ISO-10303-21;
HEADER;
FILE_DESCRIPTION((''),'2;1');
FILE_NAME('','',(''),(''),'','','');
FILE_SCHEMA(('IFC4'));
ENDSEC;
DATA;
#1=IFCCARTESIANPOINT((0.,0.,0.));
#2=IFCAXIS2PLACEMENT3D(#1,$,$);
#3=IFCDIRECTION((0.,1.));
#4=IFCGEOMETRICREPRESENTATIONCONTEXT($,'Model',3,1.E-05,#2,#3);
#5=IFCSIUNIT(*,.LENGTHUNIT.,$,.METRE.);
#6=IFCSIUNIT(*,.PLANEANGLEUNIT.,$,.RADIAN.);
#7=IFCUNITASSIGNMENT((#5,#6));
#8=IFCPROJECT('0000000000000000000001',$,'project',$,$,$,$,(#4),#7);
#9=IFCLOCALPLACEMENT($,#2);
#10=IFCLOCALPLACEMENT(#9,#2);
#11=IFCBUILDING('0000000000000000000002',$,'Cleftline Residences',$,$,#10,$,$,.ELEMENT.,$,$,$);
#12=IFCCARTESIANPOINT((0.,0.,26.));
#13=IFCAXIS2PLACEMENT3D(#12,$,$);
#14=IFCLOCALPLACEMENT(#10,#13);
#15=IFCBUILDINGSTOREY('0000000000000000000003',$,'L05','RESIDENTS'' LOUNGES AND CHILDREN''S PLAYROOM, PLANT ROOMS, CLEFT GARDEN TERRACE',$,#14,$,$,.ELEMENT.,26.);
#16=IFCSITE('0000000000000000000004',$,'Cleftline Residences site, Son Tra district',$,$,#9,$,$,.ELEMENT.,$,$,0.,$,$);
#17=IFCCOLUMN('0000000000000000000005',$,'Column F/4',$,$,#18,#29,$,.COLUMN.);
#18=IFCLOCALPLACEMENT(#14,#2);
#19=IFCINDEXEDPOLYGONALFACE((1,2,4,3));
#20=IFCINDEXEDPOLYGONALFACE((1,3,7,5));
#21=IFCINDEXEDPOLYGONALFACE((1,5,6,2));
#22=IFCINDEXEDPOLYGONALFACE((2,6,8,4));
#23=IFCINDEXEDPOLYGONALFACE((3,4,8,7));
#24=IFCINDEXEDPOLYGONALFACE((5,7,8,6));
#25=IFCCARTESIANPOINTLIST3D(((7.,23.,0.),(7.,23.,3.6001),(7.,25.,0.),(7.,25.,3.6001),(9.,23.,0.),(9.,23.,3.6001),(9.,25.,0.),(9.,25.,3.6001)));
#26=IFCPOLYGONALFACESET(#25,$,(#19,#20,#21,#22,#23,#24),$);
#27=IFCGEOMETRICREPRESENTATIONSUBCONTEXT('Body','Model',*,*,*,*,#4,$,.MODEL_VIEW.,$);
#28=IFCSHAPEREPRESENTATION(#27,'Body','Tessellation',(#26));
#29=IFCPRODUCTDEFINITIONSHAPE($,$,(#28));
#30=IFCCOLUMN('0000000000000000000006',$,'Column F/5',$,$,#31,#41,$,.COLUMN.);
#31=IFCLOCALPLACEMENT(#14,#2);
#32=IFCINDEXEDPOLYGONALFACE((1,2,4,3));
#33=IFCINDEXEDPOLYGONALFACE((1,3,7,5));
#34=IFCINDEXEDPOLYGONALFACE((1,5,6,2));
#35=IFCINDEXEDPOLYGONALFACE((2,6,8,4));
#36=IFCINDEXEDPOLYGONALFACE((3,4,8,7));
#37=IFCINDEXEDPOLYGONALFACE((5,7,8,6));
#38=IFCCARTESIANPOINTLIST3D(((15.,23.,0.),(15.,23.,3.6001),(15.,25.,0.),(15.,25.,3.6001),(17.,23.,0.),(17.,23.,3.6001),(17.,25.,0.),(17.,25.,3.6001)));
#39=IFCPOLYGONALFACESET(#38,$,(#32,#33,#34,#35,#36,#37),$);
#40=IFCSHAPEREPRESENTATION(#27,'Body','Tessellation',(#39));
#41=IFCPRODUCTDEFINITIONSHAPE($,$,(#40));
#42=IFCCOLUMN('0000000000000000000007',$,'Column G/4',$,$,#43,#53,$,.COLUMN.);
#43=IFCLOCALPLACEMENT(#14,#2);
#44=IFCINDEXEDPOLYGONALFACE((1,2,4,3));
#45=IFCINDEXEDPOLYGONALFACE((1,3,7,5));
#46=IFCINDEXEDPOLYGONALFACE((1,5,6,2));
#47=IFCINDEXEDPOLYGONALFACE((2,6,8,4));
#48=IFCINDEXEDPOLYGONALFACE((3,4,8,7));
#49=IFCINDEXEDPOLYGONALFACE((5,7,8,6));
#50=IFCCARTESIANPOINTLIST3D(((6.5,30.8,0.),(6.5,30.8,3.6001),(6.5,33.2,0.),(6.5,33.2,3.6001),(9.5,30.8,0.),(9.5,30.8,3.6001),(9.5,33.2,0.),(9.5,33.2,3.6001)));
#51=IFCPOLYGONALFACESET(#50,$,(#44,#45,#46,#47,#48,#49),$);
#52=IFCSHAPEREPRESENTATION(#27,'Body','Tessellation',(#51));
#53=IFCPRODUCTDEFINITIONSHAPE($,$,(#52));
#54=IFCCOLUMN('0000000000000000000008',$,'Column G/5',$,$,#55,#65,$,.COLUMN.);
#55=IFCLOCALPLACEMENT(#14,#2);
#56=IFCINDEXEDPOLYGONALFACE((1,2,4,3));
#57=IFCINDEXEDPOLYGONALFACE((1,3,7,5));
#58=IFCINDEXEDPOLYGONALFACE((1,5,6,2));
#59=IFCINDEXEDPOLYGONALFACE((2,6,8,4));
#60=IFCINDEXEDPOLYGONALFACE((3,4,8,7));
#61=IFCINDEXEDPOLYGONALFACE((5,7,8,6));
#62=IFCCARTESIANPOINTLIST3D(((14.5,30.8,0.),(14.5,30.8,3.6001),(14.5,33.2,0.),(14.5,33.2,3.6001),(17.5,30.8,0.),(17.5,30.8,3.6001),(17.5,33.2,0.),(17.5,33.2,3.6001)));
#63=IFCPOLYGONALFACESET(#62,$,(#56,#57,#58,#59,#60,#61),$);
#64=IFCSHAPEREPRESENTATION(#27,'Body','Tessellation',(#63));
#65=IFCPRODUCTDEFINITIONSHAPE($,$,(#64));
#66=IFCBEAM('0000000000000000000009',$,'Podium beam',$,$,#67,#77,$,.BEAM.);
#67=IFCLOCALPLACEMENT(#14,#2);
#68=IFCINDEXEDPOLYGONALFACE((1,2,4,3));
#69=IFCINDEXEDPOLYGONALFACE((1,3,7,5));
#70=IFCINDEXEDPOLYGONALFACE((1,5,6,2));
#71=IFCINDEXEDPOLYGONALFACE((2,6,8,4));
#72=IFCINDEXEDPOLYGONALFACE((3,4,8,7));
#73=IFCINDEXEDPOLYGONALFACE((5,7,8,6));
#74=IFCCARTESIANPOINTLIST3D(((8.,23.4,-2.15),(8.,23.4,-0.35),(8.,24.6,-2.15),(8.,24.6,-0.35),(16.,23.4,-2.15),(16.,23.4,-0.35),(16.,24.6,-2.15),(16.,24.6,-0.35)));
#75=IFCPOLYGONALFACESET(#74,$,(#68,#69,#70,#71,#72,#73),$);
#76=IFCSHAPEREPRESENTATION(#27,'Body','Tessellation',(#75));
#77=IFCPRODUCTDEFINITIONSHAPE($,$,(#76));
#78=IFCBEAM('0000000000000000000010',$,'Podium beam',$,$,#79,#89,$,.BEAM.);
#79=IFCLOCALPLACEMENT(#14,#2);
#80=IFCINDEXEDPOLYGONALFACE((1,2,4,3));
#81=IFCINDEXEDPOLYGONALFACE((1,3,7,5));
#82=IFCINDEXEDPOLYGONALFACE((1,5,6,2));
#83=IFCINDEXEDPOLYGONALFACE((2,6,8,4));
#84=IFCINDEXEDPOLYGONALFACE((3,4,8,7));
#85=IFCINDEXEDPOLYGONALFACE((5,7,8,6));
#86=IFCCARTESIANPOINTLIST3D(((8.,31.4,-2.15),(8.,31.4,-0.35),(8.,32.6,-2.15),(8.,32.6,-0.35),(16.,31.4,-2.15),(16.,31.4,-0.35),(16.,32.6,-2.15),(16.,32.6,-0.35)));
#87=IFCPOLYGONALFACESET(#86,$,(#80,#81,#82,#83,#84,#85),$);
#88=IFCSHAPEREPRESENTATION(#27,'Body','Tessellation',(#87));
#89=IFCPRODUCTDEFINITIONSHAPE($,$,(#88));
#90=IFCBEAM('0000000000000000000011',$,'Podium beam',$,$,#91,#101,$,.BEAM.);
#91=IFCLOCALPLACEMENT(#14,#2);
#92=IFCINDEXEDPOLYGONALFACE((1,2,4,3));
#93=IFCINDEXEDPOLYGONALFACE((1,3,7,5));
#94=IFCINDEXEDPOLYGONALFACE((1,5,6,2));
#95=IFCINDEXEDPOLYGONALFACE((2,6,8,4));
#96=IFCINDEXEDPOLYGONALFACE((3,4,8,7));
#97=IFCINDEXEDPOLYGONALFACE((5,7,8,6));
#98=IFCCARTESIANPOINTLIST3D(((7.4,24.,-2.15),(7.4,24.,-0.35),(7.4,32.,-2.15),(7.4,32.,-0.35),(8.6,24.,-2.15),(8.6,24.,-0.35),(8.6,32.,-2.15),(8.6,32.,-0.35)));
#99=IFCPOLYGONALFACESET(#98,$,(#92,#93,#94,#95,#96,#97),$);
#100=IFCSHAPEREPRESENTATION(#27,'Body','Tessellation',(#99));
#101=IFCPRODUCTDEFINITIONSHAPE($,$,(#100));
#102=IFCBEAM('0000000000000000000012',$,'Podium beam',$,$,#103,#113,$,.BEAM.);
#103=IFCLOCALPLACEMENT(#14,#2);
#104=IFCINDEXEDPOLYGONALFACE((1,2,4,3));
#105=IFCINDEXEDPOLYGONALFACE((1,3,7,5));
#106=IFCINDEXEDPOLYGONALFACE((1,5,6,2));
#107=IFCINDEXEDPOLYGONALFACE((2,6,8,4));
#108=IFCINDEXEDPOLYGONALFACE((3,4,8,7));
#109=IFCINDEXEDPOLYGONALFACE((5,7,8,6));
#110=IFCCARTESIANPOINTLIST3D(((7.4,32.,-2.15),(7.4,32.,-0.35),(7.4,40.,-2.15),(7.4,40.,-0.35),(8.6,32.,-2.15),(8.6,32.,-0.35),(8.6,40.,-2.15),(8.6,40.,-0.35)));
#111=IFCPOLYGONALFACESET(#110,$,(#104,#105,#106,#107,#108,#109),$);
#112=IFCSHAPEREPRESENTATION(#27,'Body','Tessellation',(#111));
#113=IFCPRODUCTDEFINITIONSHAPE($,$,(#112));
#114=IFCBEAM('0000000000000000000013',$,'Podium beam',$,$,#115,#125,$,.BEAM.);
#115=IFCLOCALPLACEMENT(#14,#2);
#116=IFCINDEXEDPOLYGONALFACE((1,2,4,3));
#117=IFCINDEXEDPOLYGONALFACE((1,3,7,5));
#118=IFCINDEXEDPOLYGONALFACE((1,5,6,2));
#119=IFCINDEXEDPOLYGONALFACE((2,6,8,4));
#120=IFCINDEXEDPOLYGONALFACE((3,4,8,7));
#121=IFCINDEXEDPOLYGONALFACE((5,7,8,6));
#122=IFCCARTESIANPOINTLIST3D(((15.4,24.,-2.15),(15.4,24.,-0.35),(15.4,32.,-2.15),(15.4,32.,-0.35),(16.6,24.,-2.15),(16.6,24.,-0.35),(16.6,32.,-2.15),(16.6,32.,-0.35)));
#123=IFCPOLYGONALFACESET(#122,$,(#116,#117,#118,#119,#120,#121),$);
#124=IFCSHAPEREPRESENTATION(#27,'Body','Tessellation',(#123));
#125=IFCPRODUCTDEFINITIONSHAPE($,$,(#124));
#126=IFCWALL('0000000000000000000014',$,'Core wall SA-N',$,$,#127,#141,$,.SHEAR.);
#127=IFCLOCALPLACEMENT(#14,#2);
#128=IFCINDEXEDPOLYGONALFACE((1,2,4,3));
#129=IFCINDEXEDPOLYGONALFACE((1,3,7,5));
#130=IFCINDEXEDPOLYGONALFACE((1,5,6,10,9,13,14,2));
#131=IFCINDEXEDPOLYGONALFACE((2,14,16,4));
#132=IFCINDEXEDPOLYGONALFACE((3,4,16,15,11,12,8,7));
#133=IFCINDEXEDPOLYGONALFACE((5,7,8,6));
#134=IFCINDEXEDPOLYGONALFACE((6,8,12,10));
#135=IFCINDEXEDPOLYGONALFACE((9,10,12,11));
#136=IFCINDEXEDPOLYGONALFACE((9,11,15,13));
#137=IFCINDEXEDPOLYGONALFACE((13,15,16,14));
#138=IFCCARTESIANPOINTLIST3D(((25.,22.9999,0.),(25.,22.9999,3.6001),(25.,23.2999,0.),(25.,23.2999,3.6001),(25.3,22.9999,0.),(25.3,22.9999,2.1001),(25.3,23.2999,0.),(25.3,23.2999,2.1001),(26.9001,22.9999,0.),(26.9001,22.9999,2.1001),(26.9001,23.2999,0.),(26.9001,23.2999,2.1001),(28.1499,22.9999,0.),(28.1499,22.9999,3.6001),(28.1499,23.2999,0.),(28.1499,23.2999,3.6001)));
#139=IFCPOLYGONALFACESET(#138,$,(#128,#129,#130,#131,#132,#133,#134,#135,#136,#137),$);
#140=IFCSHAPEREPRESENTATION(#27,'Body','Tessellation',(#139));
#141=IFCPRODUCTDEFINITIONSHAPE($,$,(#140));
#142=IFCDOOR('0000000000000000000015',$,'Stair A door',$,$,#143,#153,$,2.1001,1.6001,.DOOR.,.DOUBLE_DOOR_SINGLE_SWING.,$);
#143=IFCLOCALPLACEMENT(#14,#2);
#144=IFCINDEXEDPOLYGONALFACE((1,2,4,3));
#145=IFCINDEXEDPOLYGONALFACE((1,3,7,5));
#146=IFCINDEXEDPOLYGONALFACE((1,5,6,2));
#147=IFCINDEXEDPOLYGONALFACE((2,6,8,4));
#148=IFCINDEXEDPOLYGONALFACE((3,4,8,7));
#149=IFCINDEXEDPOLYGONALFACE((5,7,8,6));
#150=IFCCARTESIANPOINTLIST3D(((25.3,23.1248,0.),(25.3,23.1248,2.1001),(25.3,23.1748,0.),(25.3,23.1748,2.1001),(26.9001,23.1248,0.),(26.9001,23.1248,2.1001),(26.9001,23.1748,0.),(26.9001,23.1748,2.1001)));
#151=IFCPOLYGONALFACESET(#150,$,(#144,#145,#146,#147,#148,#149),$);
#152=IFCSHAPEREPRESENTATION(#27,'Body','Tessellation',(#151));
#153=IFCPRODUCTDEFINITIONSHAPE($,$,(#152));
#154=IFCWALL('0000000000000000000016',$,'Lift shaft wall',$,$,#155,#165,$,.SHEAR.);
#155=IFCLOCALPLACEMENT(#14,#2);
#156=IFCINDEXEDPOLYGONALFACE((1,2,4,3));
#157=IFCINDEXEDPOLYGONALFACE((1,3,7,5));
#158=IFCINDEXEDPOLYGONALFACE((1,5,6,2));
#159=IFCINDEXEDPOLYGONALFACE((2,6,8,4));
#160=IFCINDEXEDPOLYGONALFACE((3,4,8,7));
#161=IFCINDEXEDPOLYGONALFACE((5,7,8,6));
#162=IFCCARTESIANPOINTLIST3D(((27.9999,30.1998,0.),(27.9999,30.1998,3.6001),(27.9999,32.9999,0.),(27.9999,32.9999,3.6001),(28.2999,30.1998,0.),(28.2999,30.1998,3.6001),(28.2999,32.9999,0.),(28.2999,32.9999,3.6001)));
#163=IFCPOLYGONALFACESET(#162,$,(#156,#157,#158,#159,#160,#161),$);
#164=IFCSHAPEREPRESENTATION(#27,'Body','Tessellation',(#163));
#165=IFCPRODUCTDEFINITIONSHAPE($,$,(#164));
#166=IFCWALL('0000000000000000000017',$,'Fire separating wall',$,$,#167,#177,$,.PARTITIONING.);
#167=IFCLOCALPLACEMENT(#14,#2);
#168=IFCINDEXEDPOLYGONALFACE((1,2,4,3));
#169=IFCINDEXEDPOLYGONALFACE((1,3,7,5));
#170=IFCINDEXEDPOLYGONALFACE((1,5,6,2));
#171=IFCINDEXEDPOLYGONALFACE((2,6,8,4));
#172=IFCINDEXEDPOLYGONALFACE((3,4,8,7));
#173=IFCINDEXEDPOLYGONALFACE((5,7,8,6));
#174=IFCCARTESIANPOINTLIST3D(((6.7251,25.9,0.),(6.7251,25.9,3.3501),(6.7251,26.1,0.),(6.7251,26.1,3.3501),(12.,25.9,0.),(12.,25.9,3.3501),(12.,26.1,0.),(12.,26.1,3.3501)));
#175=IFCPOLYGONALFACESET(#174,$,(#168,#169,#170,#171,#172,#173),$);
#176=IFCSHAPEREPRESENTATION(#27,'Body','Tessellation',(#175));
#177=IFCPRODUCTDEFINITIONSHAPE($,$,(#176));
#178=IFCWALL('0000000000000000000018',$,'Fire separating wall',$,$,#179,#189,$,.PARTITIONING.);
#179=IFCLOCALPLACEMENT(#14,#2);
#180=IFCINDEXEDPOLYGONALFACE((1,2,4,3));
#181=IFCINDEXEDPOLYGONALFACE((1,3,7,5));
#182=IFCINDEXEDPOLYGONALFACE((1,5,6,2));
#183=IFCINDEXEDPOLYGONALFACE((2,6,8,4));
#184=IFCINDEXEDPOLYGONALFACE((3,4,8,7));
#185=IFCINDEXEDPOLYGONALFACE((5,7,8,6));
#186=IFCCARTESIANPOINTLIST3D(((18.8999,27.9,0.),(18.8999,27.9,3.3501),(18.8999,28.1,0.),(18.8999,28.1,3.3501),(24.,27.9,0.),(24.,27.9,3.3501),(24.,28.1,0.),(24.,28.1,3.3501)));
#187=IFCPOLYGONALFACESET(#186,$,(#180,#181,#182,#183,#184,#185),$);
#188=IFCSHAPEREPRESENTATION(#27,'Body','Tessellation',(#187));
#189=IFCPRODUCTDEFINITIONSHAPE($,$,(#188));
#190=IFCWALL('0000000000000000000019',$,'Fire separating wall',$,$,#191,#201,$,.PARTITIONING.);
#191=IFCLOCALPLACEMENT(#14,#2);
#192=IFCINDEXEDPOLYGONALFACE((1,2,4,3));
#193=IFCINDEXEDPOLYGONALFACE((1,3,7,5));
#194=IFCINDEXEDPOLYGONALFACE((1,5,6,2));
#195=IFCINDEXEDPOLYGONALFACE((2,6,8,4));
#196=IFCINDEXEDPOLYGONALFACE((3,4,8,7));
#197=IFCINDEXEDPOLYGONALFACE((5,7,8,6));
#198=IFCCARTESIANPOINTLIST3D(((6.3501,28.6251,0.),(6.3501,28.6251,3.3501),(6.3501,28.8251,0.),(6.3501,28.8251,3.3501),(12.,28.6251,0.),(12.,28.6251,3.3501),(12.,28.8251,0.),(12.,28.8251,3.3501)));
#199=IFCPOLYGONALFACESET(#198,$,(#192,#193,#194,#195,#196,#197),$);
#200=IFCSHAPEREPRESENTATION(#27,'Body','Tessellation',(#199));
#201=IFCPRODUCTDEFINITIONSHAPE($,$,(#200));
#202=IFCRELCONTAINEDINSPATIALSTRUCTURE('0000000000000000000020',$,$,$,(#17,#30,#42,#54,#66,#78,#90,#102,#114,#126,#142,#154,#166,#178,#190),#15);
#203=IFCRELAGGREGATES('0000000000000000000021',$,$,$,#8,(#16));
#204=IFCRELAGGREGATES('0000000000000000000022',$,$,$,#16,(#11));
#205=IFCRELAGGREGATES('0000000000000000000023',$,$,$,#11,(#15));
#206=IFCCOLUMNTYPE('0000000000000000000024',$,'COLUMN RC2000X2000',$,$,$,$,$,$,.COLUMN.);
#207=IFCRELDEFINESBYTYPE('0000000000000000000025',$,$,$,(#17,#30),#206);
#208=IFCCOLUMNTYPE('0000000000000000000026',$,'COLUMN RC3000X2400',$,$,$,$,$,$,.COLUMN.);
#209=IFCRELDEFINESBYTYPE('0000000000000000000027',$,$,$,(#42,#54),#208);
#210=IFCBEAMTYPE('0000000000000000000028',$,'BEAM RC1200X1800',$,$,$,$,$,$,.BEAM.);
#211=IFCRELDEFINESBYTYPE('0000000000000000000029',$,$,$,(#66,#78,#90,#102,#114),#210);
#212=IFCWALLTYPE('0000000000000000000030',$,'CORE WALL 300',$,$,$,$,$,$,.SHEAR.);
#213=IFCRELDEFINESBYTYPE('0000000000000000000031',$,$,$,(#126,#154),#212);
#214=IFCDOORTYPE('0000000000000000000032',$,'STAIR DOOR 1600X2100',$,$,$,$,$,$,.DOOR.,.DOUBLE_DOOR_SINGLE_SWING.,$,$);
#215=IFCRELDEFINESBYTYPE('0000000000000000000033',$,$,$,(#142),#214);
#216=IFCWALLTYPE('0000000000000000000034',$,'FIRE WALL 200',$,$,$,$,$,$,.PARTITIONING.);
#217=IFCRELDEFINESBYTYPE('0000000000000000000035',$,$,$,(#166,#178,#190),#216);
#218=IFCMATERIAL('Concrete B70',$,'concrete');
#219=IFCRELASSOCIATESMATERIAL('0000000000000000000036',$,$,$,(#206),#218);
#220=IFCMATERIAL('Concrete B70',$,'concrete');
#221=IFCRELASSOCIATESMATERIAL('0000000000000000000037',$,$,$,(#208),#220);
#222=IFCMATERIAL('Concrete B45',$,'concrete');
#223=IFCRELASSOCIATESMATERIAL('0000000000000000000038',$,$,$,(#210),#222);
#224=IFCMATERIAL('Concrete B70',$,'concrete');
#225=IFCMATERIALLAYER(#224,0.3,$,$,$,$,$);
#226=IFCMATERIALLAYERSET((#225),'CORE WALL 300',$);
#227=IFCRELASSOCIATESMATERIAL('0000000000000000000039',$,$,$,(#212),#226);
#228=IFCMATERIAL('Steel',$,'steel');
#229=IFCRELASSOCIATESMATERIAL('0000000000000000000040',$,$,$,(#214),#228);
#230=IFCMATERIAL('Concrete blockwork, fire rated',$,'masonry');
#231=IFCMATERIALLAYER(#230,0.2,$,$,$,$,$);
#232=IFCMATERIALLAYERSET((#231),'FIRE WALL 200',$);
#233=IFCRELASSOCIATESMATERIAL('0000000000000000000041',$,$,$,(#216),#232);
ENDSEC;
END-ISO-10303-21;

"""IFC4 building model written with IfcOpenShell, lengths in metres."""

from ifc_helpers import new_model, si_unit, direction, frame, frame_2d, origin, origin_2d, place, context, subcontext, project, spatial, rectangle, extrude, material, layer, layer_set, material_profile, profile_set, type_object, element, fill, save


model = new_model("IFC4")

# Units and contexts
model_context = context("Model", 3, precision=1e-05, world=origin(), true_north=direction((0.0, 1.0)))
body_context = subcontext(model_context, "Body", "Model", "MODEL_VIEW")
ifc_project = project(units=[si_unit("LENGTHUNIT", "METRE"), si_unit("PLANEANGLEUNIT", "RADIAN")], contexts=[model_context])

# Site, building, storey
site_placement = place(None, origin())
site = spatial("IfcSite", under=ifc_project, at=site_placement, Name="Cleftline Residences site, Son Tra district", CompositionType="ELEMENT", RefElevation=0.0)
building_placement = place(site_placement, origin())
building = spatial("IfcBuilding", under=site, at=building_placement, Name="Cleftline Residences", CompositionType="ELEMENT")
storey_placement = place(building_placement, frame((0.0, 0.0, 26.0)))
storey = spatial("IfcBuildingStorey", under=building, at=storey_placement, Name="L05", Description="RESIDENTS' LOUNGES AND CHILDREN'S PLAYROOM, PLANT ROOMS, CLEFT GARDEN TERRACE", CompositionType="ELEMENT", Elevation=26.0)

# Columns
ifc_material_1 = material(Name="Concrete B70", Category="concrete")
ifc_material_profile_1 = material_profile(ifc_material_1, rectangle(XDim=2.0, YDim=2.0, at=origin_2d()))
ifc_profile_set_1 = profile_set([ifc_material_profile_1], Name="Concrete B70")
column_type_1 = type_object("IfcColumnType", Name="COLUMN RC2000X2000", PredefinedType="COLUMN", material=ifc_profile_set_1)
for number, where, z_axis, x_axis, name in (
    (1, (8.0, 24.0, 0.0), (0.0, 0.0, 1.0), (1.0, 0.0, 0.0), "Column F/4"),
    (2, (16.0, 24.0, 0.0), (0.0, 0.0, 1.0), (1.0, 0.0, 0.0), "Column F/5"),
):
    element("IfcColumn", number, at=place(storey_placement, frame(where, z_axis=z_axis, x_axis=x_axis)), inside=storey, type_object=column_type_1, Name=name, PredefinedType="COLUMN", context=body_context, shape_type="SweptSolid", body=[
        extrude(rectangle(XDim=2.0, YDim=2.0, at=origin_2d()), origin(), (0.0, 0.0, 1.0), 3.6001),
    ])
ifc_material_2 = material(Name="Concrete B70", Category="concrete")
ifc_material_profile_2 = material_profile(ifc_material_2, rectangle(XDim=3.0, YDim=2.3999, at=origin_2d()))
ifc_profile_set_2 = profile_set([ifc_material_profile_2], Name="Concrete B70")
column_type_2 = type_object("IfcColumnType", Name="COLUMN RC3000X2400", PredefinedType="COLUMN", material=ifc_profile_set_2)
for number, where, z_axis, x_axis, name in (
    (3, (8.0, 32.0, 0.0), (0.0, 0.0, 1.0), (1.0, 0.0, 0.0), "Column G/4"),
    (4, (16.0, 32.0, 0.0), (0.0, 0.0, 1.0), (1.0, 0.0, 0.0), "Column G/5"),
):
    element("IfcColumn", number, at=place(storey_placement, frame(where, z_axis=z_axis, x_axis=x_axis)), inside=storey, type_object=column_type_2, Name=name, PredefinedType="COLUMN", context=body_context, shape_type="SweptSolid", body=[
        extrude(rectangle(XDim=3.0, YDim=2.3999, at=origin_2d()), origin(), (0.0, 0.0, 1.0), 3.6001),
    ])

# Beams
ifc_material_3 = material(Name="Concrete B45", Category="concrete")
ifc_material_profile_3 = material_profile(ifc_material_3, rectangle(XDim=1.2, YDim=1.8, at=origin_2d()))
ifc_profile_set_3 = profile_set([ifc_material_profile_3], Name="Concrete B45")
beam_type = type_object("IfcBeamType", Name="BEAM RC1200X1800", PredefinedType="BEAM", material=ifc_profile_set_3)
for number, where, z_axis, x_axis, name in (
    (5, (8.0, 24.0, -1.25), (1.0, 0.0, 0.0), (0.0, 1.0, 0.0), "Podium beam"),
    (6, (8.0, 32.0, -1.25), (1.0, 0.0, 0.0), (0.0, 1.0, 0.0), "Podium beam"),
    (7, (8.0, 24.0, -1.25), (0.0, 1.0, 0.0), (-1.0, 0.0, 0.0), "Podium beam"),
    (8, (8.0, 32.0, -1.25), (0.0, 1.0, 0.0), (-1.0, 0.0, 0.0), "Podium beam"),
    (9, (16.0, 24.0, -1.25), (0.0, 1.0, 0.0), (-1.0, 0.0, 0.0), "Podium beam"),
):
    element("IfcBeam", number, at=place(storey_placement, frame(where, z_axis=z_axis, x_axis=x_axis)), inside=storey, type_object=beam_type, Name=name, PredefinedType="BEAM", context=body_context, shape_type="SweptSolid", body=[
        extrude(rectangle(XDim=1.2, YDim=1.8, at=origin_2d()), origin(), (0.0, 0.0, 1.0), 8.0),
    ])

# Wall, opening, door
ifc_material_4 = material(Name="Concrete B70", Category="concrete")
ifc_layer_1 = layer(ifc_material_4, 0.3)
ifc_layer_set_1 = layer_set([ifc_layer_1], Name="CORE WALL 300")
wall_type_1 = type_object("IfcWallType", Name="CORE WALL 300", PredefinedType="SHEAR", material=ifc_layer_set_1)
wall_1_placement = place(storey_placement, frame((25.0, 23.1499, 0.0), z_axis=(0.0, 0.0, 1.0), x_axis=(1.0, 0.0, 0.0)))
wall_1 = element("IfcWall", 10, at=wall_1_placement, inside=storey, type_object=wall_type_1, Name="Core wall SA-N", PredefinedType="SHEAR", context=body_context, shape_type="SweptSolid", body=[
    extrude(rectangle(XDim=3.1499, YDim=0.3, at=frame_2d((1.575, 0.0))), origin(), (0.0, 0.0, 1.0), 3.6001),
])
opening_1_placement = place(wall_1_placement, frame((0.3, 0.0, 0.0)))
opening_1 = element("IfcOpeningElement", 11, at=opening_1_placement, cuts=wall_1, PredefinedType="OPENING", context=body_context, shape_type="SweptSolid", body=[
    extrude(rectangle(XDim=1.6001, YDim=2.1001, at=frame_2d((0.8, 1.05))), frame((0.0, 0.1599, 0.0), z_axis=(0.0, -1.0, 0.0), x_axis=(1.0, 0.0, 0.0)), (0.0, 0.0, 1.0), 0.3201),
])
ifc_material_5 = material(Name="Steel", Category="steel")
door_type_1 = type_object("IfcDoorType", Name="STAIR DOOR 1600X2100", OperationType="DOUBLE_DOOR_SINGLE_SWING", PredefinedType="DOOR", material=ifc_material_5)
door_1_placement = place(opening_1_placement, origin())
door_1 = element("IfcDoor", 12, at=door_1_placement, inside=storey, type_object=door_type_1, Name="Stair A door", OperationType="DOUBLE_DOOR_SINGLE_SWING", OverallHeight=2.1001, OverallWidth=1.6001, PredefinedType="DOOR", context=body_context, shape_type="SweptSolid", body=[
    extrude(rectangle(XDim=1.6001, YDim=2.1001, at=frame_2d((0.8, 1.05))), frame((0.0, 0.0249, 0.0), z_axis=(0.0, -1.0, 0.0), x_axis=(1.0, 0.0, 0.0)), (0.0, 0.0, 1.0), 0.05),
])
fill(opening_1, door_1)

# Walls
wall_2_placement = place(storey_placement, frame((28.1499, 30.2, 0.0), z_axis=(0.0, 0.0, 1.0), x_axis=(0.0, 1.0, 0.0)))
element("IfcWall", 13, at=wall_2_placement, inside=storey, type_object=wall_type_1, Name="Lift shaft wall", PredefinedType="SHEAR", context=body_context, shape_type="SweptSolid", body=[
    extrude(rectangle(XDim=2.8, YDim=0.3, at=frame_2d((1.3999, 0.0))), origin(), (0.0, 0.0, 1.0), 3.6001),
])
ifc_material_6 = material(Name="Concrete blockwork, fire rated", Category="masonry")
ifc_layer_2 = layer(ifc_material_6, 0.2)
ifc_layer_set_2 = layer_set([ifc_layer_2], Name="FIRE WALL 200")
wall_type_2 = type_object("IfcWallType", Name="FIRE WALL 200", PredefinedType="PARTITIONING", material=ifc_layer_set_2)
wall_3_placement = place(storey_placement, frame((6.7251, 26.0, 0.0), z_axis=(0.0, 0.0, 1.0), x_axis=(1.0, 0.0, 0.0)))
element("IfcWall", 14, at=wall_3_placement, inside=storey, type_object=wall_type_2, Name="Fire separating wall", PredefinedType="PARTITIONING", context=body_context, shape_type="SweptSolid", body=[
    extrude(rectangle(XDim=5.2749, YDim=0.2, at=frame_2d((2.6375, 0.0))), origin(), (0.0, 0.0, 1.0), 3.3501),
])
wall_4_placement = place(storey_placement, frame((18.8999, 28.0, 0.0), z_axis=(0.0, 0.0, 1.0), x_axis=(1.0, 0.0, 0.0)))
element("IfcWall", 15, at=wall_4_placement, inside=storey, type_object=wall_type_2, Name="Fire separating wall", PredefinedType="PARTITIONING", context=body_context, shape_type="SweptSolid", body=[
    extrude(rectangle(XDim=5.1001, YDim=0.2, at=frame_2d((2.55, 0.0))), origin(), (0.0, 0.0, 1.0), 3.3501),
])
wall_5_placement = place(storey_placement, frame((6.3501, 28.7251, 0.0), z_axis=(0.0, 0.0, 1.0), x_axis=(1.0, 0.0, 0.0)))
element("IfcWall", 16, at=wall_5_placement, inside=storey, type_object=wall_type_2, Name="Fire separating wall", PredefinedType="PARTITIONING", context=body_context, shape_type="SweptSolid", body=[
    extrude(rectangle(XDim=5.6499, YDim=0.2, at=frame_2d((2.825, 0.0))), origin(), (0.0, 0.0, 1.0), 3.3501),
])

save(model, "model.ifc")
